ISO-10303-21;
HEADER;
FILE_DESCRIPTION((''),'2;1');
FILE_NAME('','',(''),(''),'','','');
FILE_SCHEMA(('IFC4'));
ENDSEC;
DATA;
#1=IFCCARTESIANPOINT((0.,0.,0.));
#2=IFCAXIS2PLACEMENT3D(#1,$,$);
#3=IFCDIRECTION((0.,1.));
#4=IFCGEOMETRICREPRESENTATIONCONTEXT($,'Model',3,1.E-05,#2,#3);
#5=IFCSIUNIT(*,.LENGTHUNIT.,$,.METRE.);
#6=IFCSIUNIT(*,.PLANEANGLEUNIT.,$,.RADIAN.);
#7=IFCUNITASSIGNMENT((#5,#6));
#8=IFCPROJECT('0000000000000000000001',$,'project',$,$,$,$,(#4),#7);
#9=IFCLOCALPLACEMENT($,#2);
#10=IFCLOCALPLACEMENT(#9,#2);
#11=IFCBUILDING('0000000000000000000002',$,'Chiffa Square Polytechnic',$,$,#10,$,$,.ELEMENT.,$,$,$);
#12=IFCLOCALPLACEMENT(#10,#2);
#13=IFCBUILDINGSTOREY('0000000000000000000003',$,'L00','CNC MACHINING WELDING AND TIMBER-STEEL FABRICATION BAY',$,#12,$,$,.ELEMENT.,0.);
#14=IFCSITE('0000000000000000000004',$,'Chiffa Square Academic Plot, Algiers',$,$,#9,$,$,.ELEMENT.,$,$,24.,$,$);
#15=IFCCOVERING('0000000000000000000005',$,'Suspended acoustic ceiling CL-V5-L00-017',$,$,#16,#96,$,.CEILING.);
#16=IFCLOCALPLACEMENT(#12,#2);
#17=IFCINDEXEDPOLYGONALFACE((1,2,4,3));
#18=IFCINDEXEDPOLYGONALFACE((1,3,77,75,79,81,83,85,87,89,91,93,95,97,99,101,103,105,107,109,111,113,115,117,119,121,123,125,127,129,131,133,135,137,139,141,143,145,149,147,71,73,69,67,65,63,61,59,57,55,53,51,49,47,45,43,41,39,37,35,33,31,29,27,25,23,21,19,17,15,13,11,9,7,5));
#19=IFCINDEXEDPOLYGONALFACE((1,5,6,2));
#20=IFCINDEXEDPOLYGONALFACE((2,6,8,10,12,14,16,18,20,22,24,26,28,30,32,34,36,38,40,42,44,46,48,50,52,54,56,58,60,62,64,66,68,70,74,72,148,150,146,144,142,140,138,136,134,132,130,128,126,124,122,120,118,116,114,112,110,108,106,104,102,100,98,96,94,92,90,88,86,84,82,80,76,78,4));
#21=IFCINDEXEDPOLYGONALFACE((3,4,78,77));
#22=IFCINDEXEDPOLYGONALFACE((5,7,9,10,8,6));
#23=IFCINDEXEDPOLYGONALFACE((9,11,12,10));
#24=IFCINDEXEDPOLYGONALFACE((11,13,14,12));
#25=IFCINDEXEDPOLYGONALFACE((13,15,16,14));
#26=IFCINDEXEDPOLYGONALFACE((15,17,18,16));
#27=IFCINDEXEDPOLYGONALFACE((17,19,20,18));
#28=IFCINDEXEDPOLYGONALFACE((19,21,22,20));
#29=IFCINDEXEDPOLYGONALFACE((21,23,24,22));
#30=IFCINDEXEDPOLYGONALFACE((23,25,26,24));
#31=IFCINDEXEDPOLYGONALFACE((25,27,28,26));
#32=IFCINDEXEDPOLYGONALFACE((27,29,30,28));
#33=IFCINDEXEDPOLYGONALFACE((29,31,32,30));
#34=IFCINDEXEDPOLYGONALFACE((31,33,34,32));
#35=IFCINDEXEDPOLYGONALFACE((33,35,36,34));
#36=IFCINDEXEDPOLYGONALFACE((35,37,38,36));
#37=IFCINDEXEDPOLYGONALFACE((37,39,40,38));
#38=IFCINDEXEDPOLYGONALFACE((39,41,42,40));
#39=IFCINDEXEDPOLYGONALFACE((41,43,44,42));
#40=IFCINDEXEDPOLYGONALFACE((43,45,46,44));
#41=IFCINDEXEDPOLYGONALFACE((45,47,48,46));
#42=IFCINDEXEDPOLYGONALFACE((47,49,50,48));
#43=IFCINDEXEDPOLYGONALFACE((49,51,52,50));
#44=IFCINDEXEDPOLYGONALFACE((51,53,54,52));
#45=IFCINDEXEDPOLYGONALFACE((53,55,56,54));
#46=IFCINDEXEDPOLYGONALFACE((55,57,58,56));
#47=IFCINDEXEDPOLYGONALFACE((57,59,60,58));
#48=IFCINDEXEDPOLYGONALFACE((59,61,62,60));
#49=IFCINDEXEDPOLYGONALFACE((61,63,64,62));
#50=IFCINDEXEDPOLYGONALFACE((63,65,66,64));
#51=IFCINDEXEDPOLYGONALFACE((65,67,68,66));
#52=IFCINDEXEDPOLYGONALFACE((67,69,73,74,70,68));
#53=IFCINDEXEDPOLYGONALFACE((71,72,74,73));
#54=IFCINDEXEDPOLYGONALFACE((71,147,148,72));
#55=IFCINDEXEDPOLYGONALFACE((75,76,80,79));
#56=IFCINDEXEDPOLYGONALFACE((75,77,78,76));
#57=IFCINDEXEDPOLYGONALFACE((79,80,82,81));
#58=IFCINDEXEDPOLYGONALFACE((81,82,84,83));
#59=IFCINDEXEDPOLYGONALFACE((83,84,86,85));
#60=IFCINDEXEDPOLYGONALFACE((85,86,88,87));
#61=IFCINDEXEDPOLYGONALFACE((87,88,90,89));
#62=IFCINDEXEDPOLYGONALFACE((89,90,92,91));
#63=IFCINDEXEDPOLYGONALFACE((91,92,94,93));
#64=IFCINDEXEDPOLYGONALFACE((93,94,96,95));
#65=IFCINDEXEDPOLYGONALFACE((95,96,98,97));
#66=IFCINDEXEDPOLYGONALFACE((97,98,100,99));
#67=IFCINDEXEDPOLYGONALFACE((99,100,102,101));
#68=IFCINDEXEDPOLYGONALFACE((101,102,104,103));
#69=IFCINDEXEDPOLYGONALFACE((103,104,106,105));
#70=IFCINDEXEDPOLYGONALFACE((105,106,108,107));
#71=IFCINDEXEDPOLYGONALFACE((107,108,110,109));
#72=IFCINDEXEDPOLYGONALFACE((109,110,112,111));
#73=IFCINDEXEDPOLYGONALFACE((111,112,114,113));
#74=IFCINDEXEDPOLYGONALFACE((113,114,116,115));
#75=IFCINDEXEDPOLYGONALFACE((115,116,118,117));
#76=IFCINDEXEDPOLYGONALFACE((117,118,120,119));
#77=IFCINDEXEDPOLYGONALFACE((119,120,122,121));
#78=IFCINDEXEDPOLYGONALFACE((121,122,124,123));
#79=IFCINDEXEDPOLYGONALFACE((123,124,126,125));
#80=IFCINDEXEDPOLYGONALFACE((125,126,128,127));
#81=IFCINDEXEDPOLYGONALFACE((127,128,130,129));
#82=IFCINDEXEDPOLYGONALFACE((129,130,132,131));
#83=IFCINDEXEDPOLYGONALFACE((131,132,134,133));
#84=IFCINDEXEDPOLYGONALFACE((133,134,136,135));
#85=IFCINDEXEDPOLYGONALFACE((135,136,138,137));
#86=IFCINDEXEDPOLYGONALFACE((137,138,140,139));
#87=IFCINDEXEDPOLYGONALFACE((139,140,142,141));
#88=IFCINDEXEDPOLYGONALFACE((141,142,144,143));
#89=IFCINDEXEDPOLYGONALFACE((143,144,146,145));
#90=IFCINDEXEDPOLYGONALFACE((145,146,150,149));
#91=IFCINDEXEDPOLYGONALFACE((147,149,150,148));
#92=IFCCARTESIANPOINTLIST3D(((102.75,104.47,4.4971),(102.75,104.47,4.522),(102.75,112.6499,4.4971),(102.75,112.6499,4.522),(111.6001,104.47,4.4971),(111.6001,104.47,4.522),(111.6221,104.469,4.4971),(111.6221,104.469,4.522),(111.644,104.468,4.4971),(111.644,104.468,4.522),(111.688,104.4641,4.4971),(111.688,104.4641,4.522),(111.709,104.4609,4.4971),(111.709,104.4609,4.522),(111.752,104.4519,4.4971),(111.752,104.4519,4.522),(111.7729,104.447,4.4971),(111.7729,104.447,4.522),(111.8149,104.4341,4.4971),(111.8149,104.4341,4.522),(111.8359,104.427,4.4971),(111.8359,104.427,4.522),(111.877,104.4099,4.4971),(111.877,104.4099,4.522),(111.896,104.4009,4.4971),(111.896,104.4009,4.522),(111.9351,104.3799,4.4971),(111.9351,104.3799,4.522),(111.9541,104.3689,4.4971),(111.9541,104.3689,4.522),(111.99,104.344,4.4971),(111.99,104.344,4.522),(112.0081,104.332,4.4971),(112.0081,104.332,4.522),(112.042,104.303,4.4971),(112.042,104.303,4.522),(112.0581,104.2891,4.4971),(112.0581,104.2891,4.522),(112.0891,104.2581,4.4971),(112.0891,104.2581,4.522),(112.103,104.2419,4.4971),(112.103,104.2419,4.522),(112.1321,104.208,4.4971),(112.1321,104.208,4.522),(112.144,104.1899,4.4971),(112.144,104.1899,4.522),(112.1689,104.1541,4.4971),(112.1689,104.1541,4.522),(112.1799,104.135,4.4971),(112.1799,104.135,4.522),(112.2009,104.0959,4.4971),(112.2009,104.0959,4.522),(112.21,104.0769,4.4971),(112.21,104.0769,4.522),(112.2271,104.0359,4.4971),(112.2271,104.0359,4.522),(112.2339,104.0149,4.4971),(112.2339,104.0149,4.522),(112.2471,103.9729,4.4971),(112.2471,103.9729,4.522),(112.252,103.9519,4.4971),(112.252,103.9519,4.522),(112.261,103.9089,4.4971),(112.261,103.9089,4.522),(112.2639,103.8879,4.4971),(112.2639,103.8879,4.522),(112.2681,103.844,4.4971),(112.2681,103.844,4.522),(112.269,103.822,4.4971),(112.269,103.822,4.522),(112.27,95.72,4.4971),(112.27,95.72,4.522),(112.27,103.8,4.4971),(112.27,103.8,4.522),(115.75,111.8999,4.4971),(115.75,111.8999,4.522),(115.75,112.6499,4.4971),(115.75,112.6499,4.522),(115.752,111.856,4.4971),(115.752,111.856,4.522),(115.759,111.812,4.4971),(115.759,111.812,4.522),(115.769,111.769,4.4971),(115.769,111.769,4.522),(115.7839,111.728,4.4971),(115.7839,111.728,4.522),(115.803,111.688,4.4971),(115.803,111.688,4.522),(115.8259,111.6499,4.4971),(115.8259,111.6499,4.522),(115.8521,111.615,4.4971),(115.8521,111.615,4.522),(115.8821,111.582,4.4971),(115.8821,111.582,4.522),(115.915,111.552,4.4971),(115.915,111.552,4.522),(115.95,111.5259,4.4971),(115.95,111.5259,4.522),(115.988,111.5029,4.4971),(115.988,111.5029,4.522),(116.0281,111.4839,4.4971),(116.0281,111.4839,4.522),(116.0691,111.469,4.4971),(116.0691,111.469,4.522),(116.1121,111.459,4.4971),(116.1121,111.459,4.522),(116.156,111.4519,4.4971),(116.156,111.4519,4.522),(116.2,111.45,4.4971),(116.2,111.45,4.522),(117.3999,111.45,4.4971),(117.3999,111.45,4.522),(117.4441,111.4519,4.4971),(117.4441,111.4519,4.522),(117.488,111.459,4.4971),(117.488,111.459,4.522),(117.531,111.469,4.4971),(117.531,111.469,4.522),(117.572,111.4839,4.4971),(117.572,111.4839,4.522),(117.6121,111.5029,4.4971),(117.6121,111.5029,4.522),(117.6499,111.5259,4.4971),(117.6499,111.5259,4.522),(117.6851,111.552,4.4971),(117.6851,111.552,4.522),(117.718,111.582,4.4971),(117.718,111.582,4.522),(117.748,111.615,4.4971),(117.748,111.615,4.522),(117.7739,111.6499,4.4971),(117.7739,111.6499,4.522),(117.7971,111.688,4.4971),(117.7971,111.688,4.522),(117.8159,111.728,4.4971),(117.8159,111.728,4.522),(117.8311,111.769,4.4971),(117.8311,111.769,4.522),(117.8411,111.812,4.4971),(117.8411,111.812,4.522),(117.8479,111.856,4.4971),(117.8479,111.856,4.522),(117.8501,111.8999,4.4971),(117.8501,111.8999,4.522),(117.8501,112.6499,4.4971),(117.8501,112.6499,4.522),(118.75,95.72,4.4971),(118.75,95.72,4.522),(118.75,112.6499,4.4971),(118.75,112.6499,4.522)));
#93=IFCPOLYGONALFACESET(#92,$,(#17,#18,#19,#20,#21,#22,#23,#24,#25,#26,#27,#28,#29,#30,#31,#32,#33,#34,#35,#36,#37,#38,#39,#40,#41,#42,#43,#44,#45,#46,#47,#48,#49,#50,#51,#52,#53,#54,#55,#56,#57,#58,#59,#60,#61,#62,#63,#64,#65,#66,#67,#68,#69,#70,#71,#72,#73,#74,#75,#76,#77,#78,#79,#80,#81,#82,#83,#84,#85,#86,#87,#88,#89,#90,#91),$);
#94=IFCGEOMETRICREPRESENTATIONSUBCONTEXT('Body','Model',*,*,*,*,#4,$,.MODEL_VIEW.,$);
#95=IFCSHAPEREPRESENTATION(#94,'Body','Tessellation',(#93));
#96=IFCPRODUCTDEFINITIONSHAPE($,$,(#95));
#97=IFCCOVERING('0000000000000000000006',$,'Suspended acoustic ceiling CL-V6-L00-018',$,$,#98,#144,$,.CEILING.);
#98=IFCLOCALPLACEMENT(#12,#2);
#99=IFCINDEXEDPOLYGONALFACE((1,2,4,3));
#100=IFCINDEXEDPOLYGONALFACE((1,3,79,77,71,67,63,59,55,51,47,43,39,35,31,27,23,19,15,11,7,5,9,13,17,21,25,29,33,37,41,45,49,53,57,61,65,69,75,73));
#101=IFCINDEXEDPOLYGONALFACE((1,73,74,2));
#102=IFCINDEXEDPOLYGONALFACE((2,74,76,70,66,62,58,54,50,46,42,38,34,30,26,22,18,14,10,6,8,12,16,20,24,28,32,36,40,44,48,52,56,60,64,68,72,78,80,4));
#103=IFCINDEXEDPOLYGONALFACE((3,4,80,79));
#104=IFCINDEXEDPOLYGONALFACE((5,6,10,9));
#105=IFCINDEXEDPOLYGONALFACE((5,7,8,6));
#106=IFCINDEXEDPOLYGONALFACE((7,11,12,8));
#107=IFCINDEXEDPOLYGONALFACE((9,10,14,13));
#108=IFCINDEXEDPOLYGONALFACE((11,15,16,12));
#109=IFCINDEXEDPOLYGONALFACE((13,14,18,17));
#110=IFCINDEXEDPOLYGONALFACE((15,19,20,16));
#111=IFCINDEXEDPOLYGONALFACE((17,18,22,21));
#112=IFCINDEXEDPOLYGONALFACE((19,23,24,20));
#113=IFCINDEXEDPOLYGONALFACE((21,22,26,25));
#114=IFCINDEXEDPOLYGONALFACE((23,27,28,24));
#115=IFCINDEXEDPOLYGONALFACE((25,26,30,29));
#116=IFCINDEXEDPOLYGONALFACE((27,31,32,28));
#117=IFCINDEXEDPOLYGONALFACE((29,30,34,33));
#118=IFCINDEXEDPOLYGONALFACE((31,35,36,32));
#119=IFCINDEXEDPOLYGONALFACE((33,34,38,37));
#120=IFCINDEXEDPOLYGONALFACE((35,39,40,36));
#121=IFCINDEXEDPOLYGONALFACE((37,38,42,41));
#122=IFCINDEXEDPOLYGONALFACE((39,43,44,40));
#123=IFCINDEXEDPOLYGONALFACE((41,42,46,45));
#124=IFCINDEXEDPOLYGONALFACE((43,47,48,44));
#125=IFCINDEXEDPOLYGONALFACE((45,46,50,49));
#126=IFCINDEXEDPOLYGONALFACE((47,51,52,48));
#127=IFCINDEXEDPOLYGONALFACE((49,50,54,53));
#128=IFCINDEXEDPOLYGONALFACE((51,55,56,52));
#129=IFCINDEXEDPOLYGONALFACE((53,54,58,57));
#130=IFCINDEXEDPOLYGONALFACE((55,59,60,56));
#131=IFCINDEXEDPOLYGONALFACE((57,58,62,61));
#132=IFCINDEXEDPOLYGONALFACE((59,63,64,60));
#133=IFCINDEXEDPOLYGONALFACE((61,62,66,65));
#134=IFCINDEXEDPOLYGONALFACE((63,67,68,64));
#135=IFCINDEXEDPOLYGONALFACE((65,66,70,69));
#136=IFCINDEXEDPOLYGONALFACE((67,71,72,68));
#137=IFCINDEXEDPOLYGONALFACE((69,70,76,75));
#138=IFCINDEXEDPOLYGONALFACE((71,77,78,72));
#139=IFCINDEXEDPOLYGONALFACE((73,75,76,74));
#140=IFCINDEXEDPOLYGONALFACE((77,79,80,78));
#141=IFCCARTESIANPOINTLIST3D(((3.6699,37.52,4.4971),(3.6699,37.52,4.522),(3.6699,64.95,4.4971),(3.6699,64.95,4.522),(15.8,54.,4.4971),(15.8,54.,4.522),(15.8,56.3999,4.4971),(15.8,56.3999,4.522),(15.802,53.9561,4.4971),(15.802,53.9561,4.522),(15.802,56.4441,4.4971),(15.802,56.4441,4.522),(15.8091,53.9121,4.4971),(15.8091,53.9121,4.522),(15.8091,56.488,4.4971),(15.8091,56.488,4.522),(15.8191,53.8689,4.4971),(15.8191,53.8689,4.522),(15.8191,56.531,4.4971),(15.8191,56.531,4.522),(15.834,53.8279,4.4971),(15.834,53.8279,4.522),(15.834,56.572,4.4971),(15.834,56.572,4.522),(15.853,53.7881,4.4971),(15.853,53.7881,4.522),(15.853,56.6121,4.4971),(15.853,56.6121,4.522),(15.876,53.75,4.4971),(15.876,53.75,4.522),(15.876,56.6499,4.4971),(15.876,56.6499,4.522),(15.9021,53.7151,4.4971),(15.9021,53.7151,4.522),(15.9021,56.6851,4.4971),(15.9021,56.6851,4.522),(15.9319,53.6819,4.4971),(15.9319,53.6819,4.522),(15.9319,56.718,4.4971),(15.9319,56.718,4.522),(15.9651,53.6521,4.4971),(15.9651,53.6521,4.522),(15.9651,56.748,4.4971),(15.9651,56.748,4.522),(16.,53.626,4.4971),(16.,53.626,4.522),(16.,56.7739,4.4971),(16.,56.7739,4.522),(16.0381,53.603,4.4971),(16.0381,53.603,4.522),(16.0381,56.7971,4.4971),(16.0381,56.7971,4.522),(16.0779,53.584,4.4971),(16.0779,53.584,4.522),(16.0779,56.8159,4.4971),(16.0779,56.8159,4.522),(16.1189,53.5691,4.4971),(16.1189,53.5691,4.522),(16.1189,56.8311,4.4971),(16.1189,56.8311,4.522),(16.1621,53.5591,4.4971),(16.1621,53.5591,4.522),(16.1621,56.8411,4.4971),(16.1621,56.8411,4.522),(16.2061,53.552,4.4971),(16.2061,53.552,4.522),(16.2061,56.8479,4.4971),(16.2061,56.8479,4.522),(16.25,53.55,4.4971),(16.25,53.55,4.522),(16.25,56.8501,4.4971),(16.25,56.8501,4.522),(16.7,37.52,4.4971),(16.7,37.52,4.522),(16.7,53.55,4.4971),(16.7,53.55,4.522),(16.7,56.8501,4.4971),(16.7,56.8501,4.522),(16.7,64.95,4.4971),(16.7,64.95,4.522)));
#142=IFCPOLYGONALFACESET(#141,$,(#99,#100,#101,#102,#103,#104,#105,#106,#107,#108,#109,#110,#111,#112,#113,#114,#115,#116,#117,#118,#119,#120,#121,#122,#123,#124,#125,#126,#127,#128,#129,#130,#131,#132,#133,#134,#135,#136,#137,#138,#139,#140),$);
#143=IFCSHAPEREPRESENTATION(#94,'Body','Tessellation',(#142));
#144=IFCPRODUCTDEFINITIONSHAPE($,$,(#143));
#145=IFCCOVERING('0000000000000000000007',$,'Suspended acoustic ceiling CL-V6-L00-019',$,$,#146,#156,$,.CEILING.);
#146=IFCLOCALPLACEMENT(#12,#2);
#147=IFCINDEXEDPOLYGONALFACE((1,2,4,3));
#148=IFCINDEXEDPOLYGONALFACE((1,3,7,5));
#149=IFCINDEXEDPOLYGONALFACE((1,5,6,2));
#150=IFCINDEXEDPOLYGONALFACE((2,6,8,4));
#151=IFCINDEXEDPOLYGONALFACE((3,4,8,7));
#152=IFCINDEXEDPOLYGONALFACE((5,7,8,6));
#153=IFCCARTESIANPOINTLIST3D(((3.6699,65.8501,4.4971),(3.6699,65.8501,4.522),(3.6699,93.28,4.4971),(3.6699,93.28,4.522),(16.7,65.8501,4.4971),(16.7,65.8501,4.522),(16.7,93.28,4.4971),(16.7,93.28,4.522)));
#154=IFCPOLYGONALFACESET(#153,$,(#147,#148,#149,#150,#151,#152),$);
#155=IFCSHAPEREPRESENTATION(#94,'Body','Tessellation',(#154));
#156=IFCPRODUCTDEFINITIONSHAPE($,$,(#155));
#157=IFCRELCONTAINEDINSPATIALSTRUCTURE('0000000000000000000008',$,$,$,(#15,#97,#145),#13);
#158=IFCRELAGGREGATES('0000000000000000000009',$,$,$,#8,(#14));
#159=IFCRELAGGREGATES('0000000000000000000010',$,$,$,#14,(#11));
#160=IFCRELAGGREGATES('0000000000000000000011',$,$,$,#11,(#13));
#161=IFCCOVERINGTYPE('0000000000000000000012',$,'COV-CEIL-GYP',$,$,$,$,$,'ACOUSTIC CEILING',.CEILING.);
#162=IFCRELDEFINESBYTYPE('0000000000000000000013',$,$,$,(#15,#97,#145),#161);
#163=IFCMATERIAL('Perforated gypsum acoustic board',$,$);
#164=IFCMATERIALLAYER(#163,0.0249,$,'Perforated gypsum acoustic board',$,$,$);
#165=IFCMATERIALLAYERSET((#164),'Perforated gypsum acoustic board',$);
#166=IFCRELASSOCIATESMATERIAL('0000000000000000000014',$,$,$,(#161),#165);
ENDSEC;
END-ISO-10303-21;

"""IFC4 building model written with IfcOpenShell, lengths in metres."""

from ifc_helpers import new_model, si_unit, direction, frame, origin, place, context, subcontext, project, spatial, polyline, outline, extrude, material, layer, layer_set, type_object, element, save


model = new_model("IFC4")

# Units and contexts
model_context = context("Model", 3, precision=1e-05, world=origin(), true_north=direction((0.0, 1.0)))
body_context = subcontext(model_context, "Body", "Model", "MODEL_VIEW")
ifc_project = project(units=[si_unit("LENGTHUNIT", "METRE"), si_unit("PLANEANGLEUNIT", "RADIAN")], contexts=[model_context])

# Site, building, storey
site_placement = place(None, origin())
site = spatial("IfcSite", under=ifc_project, at=site_placement, Name="Chiffa Square Academic Plot, Algiers", CompositionType="ELEMENT", RefElevation=24.0)
building_placement = place(site_placement, origin())
building = spatial("IfcBuilding", under=site, at=building_placement, Name="Chiffa Square Polytechnic", CompositionType="ELEMENT")
storey_placement = place(building_placement, origin())
storey = spatial("IfcBuildingStorey", under=building, at=storey_placement, Name="L00", Description="CNC MACHINING WELDING AND TIMBER-STEEL FABRICATION BAY", CompositionType="ELEMENT", Elevation=0.0)

# Coverings
ifc_material_1 = material(Name="Perforated gypsum acoustic board")
ifc_layer_1 = layer(ifc_material_1, 0.0249, Name="Perforated gypsum acoustic board")
ifc_layer_set_1 = layer_set([ifc_layer_1], Name="Perforated gypsum acoustic board")
covering_type_1 = type_object("IfcCoveringType", Name="COV-CEIL-GYP", ElementType="ACOUSTIC CEILING", PredefinedType="CEILING", material=ifc_layer_set_1)
covering_1_placement = place(storey_placement, frame((0.0, 0.0, 4.4971)))
element("IfcCovering", 1, at=covering_1_placement, inside=storey, type_object=covering_type_1, Name="Suspended acoustic ceiling CL-V5-L00-017", PredefinedType="CEILING", context=body_context, shape_type="SweptSolid", body=[
    extrude(outline(polyline([(102.75, 112.6499), (115.75, 112.6499), (115.75, 111.8999), (115.752, 111.856), (115.759, 111.812), (115.769, 111.769), (115.7839, 111.728), (115.803, 111.688), (115.8259, 111.6499), (115.8521, 111.615), (115.8821, 111.582), (115.915, 111.552), (115.95, 111.5259), (115.988, 111.5029), (116.0281, 111.4839), (116.0691, 111.469), (116.1121, 111.459), (116.156, 111.4519), (116.2, 111.45), (117.3999, 111.45), (117.4441, 111.4519), (117.488, 111.459), (117.531, 111.469), (117.572, 111.4839), (117.6121, 111.5029), (117.6499, 111.5259), (117.6851, 111.552), (117.718, 111.582), (117.748, 111.615), (117.7739, 111.6499), (117.7971, 111.688), (117.8159, 111.728), (117.8311, 111.769), (117.8411, 111.812), (117.8479, 111.856), (117.8501, 111.8999), (117.8501, 112.6499), (118.75, 112.6499), (118.75, 95.72), (112.27, 95.72), (112.27, 103.8), (112.269, 103.822), (112.2681, 103.844), (112.2639, 103.8879), (112.261, 103.9089), (112.252, 103.9519), (112.2471, 103.9729), (112.2339, 104.0149), (112.2271, 104.0359), (112.21, 104.0769), (112.2009, 104.0959), (112.1799, 104.135), (112.1689, 104.1541), (112.144, 104.1899), (112.1321, 104.208), (112.103, 104.2419), (112.0891, 104.2581), (112.0581, 104.2891), (112.042, 104.303), (112.0081, 104.332), (111.99, 104.344), (111.9541, 104.3689), (111.9351, 104.3799), (111.896, 104.4009), (111.877, 104.4099), (111.8359, 104.427), (111.8149, 104.4341), (111.7729, 104.447), (111.752, 104.4519), (111.709, 104.4609), (111.688, 104.4641), (111.644, 104.468), (111.6221, 104.469), (111.6001, 104.47), (102.75, 104.47), (102.75, 112.6499)])), origin(), (0.0, 0.0, 1.0), 0.0249),
])
covering_2_placement = place(storey_placement, frame((0.0, 0.0, 4.4971)))
element("IfcCovering", 2, at=covering_2_placement, inside=storey, type_object=covering_type_1, Name="Suspended acoustic ceiling CL-V6-L00-018", PredefinedType="CEILING", context=body_context, shape_type="SweptSolid", body=[
    extrude(outline(polyline([(16.7, 64.95), (16.7, 56.8501), (16.25, 56.8501), (16.2061, 56.8479), (16.1621, 56.8411), (16.1189, 56.8311), (16.0779, 56.8159), (16.0381, 56.7971), (16.0, 56.7739), (15.9651, 56.748), (15.9319, 56.718), (15.9021, 56.6851), (15.876, 56.6499), (15.853, 56.6121), (15.834, 56.572), (15.8191, 56.531), (15.8091, 56.488), (15.802, 56.4441), (15.8, 56.3999), (15.8, 54.0), (15.802, 53.9561), (15.8091, 53.9121), (15.8191, 53.8689), (15.834, 53.8279), (15.853, 53.7881), (15.876, 53.75), (15.9021, 53.7151), (15.9319, 53.6819), (15.9651, 53.6521), (16.0, 53.626), (16.0381, 53.603), (16.0779, 53.584), (16.1189, 53.5691), (16.1621, 53.5591), (16.2061, 53.552), (16.25, 53.55), (16.7, 53.55), (16.7, 37.52), (3.6699, 37.52), (3.6699, 64.95), (16.7, 64.95)])), origin(), (0.0, 0.0, 1.0), 0.0249),
])
covering_3_placement = place(storey_placement, frame((0.0, 0.0, 4.4971)))
element("IfcCovering", 3, at=covering_3_placement, inside=storey, type_object=covering_type_1, Name="Suspended acoustic ceiling CL-V6-L00-019", PredefinedType="CEILING", context=body_context, shape_type="SweptSolid", body=[
    extrude(outline(polyline([(3.6699, 65.8501), (3.6699, 93.28), (16.7, 93.28), (16.7, 65.8501), (3.6699, 65.8501)])), origin(), (0.0, 0.0, 1.0), 0.0249),
])

save(model, "model.ifc")
